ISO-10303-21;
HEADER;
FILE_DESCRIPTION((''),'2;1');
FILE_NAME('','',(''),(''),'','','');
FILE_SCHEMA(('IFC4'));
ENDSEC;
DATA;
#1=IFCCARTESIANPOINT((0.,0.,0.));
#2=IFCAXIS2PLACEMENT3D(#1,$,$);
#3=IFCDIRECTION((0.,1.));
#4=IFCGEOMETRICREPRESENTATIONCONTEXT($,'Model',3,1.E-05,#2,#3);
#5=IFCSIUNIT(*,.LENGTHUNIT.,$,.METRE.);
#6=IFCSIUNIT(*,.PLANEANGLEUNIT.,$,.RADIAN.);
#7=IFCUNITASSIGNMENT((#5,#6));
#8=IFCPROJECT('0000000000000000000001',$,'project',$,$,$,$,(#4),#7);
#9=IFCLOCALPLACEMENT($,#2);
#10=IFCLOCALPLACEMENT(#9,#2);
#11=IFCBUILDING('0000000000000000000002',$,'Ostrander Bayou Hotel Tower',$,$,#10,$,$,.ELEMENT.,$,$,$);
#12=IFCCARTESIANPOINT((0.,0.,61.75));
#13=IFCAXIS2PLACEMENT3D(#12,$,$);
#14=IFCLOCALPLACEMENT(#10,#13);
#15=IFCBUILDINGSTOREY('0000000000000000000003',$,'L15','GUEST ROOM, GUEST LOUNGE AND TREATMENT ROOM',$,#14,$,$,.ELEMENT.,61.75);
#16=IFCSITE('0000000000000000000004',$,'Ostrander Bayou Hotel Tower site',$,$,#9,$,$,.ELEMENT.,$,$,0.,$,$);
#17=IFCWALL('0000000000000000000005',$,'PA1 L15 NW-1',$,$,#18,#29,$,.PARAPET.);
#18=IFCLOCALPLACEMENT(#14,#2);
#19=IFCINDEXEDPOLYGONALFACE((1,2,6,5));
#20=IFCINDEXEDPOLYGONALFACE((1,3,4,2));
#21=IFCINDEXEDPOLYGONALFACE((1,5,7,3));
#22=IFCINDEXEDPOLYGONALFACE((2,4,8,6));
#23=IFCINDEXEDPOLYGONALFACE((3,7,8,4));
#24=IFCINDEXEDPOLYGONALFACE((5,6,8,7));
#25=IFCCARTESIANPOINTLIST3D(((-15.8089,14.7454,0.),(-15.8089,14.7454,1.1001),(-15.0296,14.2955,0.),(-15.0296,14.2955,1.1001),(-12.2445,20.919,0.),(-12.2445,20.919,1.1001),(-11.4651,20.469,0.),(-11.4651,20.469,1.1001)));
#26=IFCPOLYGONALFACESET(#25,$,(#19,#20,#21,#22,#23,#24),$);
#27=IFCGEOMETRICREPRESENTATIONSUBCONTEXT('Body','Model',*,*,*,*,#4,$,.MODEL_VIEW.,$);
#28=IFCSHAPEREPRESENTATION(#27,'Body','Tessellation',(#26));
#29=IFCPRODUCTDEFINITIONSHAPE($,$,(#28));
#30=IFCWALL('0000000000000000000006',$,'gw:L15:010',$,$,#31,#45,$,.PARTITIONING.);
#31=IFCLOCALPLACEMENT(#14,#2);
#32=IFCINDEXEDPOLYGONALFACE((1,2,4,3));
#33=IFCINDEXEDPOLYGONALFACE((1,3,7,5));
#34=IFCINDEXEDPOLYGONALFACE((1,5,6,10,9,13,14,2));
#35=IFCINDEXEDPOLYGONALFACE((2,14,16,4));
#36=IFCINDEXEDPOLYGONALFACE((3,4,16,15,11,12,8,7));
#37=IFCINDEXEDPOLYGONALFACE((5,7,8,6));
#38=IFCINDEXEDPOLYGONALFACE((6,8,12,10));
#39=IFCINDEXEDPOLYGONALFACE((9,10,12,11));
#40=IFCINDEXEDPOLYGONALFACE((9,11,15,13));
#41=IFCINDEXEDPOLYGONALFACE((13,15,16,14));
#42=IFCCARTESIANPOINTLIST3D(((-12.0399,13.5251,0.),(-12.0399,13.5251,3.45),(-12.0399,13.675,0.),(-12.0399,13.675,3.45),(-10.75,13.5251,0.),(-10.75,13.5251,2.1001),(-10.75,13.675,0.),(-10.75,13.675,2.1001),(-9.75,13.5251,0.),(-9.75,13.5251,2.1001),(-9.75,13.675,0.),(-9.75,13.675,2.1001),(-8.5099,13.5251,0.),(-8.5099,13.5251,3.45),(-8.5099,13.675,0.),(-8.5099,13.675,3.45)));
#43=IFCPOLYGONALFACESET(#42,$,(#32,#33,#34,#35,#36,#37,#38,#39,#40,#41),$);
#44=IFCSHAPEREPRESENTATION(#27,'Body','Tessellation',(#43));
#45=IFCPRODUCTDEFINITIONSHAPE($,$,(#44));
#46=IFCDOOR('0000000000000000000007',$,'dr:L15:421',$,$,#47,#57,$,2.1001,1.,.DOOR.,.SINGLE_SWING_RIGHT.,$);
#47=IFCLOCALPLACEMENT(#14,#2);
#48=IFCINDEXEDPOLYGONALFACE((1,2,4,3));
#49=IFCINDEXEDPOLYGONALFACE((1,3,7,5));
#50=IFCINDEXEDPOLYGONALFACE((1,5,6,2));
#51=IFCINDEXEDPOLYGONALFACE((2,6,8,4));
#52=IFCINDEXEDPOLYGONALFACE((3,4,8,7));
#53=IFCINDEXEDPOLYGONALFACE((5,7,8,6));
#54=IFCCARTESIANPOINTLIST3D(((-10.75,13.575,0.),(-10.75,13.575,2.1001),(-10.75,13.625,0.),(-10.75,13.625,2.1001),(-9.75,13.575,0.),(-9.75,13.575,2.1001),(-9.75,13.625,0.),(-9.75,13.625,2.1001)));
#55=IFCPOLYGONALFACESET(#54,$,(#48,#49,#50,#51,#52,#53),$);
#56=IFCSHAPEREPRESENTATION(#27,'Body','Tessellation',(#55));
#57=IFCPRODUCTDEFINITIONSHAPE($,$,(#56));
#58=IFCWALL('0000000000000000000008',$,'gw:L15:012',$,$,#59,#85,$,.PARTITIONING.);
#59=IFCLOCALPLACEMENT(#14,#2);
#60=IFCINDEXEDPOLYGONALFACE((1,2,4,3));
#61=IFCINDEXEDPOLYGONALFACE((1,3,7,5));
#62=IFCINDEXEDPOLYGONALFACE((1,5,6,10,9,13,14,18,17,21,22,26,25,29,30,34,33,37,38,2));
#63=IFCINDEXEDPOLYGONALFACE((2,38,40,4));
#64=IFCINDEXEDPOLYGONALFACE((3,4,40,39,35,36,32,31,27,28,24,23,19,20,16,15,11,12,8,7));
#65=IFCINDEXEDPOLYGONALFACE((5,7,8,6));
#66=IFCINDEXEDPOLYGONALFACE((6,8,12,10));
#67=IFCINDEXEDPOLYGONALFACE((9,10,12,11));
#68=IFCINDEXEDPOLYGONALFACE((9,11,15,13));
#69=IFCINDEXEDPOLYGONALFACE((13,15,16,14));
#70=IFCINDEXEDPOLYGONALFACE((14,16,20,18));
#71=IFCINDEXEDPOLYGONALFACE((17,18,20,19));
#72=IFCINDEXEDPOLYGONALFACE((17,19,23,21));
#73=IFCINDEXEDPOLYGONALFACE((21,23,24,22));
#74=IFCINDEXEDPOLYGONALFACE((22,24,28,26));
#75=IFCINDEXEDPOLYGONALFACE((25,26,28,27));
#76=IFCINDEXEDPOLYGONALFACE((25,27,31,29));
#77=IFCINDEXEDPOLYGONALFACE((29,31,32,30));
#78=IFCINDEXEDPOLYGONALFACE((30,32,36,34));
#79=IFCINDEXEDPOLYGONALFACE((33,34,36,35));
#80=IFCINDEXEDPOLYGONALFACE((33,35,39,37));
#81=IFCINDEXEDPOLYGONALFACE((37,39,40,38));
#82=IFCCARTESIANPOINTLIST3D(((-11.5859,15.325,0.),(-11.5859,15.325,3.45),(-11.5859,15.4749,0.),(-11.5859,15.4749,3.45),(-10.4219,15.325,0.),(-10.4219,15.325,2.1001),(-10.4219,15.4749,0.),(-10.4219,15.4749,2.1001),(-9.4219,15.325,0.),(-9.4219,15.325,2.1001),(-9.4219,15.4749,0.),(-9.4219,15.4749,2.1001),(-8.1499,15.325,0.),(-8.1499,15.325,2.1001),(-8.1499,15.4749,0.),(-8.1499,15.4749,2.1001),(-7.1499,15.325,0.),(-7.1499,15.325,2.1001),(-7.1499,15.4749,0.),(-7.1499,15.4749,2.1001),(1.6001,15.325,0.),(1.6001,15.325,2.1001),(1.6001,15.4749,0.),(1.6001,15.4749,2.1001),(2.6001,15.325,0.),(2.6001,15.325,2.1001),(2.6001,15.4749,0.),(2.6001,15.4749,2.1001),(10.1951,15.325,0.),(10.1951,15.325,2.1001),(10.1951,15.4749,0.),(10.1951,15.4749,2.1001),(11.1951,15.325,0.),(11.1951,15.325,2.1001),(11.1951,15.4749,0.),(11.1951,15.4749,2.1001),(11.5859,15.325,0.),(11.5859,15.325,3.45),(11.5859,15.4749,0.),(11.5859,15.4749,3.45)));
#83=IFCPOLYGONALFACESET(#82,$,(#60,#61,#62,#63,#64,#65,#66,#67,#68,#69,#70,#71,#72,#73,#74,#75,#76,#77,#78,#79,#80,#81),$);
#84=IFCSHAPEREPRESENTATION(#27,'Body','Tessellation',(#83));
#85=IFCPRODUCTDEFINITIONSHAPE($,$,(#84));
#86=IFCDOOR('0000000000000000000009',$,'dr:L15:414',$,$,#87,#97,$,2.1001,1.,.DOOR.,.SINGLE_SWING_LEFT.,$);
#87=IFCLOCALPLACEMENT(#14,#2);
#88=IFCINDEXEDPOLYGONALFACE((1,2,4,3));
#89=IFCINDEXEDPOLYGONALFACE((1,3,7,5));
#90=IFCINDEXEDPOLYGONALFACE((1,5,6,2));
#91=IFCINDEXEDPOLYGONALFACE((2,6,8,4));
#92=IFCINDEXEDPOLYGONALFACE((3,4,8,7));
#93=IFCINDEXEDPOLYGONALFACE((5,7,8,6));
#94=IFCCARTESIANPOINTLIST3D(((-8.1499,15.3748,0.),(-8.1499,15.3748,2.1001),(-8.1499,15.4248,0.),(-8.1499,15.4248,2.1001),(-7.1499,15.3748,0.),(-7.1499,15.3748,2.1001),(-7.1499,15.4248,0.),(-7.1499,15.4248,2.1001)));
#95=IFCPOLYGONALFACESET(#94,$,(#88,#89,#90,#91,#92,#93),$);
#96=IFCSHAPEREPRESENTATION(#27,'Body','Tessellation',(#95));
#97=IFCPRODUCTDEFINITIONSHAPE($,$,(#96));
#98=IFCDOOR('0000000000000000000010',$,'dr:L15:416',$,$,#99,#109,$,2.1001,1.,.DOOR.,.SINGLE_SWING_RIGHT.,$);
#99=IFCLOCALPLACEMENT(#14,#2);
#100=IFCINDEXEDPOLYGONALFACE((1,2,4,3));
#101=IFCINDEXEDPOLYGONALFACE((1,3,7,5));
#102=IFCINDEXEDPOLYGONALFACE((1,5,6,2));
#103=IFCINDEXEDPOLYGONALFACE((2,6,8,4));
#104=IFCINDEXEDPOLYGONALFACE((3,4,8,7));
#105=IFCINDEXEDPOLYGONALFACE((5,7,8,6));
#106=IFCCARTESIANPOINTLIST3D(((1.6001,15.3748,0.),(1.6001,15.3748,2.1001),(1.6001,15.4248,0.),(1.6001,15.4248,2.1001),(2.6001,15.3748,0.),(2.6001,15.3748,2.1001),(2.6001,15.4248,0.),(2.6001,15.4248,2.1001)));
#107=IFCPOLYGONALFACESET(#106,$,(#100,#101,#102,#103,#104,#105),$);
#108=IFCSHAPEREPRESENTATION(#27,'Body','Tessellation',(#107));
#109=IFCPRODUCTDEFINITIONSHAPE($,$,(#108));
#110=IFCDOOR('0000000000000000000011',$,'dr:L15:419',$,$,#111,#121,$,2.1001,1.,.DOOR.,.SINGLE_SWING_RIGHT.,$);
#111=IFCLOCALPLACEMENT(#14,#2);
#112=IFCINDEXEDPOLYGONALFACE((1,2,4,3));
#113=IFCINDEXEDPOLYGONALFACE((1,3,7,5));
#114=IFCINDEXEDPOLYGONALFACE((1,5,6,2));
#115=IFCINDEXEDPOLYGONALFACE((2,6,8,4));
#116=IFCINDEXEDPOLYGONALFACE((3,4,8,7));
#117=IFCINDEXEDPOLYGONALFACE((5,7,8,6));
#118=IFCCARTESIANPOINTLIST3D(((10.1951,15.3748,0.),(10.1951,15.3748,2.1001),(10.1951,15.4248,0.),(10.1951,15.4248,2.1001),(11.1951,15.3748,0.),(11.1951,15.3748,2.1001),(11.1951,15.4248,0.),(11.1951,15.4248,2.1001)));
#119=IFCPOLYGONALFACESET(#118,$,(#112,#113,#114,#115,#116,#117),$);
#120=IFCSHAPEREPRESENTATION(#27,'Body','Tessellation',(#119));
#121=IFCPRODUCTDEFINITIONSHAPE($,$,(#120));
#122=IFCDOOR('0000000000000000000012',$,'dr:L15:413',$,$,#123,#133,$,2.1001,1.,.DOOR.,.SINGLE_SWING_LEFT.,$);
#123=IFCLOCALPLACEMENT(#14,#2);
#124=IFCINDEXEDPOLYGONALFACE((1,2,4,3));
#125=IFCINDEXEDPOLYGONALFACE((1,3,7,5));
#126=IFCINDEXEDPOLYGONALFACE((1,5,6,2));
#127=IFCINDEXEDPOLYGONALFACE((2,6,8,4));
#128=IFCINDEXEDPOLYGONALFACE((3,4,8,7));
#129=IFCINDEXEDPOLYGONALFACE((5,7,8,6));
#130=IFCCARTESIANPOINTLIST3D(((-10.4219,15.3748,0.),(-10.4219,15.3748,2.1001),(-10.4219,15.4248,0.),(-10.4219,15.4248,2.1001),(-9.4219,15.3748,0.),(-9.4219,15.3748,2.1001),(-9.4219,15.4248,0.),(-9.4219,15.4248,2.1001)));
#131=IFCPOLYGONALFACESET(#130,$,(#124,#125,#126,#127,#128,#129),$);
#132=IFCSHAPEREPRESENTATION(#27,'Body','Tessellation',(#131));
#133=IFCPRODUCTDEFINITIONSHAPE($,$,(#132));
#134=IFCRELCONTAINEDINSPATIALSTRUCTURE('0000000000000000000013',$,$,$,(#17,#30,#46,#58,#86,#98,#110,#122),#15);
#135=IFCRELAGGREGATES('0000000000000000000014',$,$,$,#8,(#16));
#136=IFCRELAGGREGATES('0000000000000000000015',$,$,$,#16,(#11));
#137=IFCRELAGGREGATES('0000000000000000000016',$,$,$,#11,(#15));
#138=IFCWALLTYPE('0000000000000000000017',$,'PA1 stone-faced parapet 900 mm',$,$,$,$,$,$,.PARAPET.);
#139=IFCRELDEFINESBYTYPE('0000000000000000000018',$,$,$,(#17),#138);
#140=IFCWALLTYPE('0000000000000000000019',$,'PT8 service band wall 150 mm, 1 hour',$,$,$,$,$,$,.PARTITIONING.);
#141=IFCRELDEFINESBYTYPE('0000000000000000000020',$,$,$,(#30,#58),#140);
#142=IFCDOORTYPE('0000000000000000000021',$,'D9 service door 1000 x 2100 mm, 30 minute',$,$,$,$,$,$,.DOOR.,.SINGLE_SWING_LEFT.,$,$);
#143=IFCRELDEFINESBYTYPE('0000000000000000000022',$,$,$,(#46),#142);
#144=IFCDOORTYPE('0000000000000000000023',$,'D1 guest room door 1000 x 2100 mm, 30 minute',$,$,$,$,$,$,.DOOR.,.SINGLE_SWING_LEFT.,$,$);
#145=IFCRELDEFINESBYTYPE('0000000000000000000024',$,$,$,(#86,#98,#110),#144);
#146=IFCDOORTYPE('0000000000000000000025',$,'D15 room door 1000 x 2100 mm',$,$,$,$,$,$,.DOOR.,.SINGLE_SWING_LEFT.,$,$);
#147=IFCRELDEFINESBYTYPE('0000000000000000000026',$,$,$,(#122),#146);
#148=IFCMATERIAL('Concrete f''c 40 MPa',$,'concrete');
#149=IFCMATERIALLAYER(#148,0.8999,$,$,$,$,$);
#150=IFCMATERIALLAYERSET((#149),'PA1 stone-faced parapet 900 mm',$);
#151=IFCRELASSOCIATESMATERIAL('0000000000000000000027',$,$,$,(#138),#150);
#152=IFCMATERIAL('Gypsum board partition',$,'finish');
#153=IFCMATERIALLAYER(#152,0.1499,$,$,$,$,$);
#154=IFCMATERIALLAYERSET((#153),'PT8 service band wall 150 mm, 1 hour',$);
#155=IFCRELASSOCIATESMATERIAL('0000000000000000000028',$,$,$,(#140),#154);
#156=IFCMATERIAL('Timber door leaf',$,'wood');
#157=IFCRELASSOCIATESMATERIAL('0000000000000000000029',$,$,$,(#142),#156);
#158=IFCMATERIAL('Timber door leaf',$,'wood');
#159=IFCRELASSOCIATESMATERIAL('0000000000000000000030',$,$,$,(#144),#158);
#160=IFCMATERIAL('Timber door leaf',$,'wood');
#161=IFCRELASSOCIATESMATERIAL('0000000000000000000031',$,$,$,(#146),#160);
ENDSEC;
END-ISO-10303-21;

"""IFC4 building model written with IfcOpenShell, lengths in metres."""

from ifc_helpers import new_model, si_unit, direction, frame, frame_2d, origin, place, context, subcontext, project, spatial, rectangle, extrude, material, layer, layer_set, type_object, element, fill, save


model = new_model("IFC4")

# Units and contexts
model_context = context("Model", 3, precision=1e-05, world=origin(), true_north=direction((0.0, 1.0)))
body_context = subcontext(model_context, "Body", "Model", "MODEL_VIEW")
ifc_project = project(units=[si_unit("LENGTHUNIT", "METRE"), si_unit("PLANEANGLEUNIT", "RADIAN")], contexts=[model_context])

# Site, building, storey
site_placement = place(None, origin())
site = spatial("IfcSite", under=ifc_project, at=site_placement, Name="Ostrander Bayou Hotel Tower site", CompositionType="ELEMENT", RefElevation=0.0)
building_placement = place(site_placement, origin())
building = spatial("IfcBuilding", under=site, at=building_placement, Name="Ostrander Bayou Hotel Tower", CompositionType="ELEMENT")
storey_placement = place(building_placement, frame((0.0, 0.0, 61.75)))
storey = spatial("IfcBuildingStorey", under=building, at=storey_placement, Name="L15", Description="GUEST ROOM, GUEST LOUNGE AND TREATMENT ROOM", CompositionType="ELEMENT", Elevation=61.75)

# Wall
ifc_material_1 = material(Name="Concrete f'c 40 MPa", Category="concrete")
ifc_layer_1 = layer(ifc_material_1, 0.8999)
ifc_layer_set_1 = layer_set([ifc_layer_1], Name="PA1 stone-faced parapet 900 mm")
wall_type_1 = type_object("IfcWallType", Name="PA1 stone-faced parapet 900 mm", PredefinedType="PARAPET", material=ifc_layer_set_1)
wall_1_placement = place(storey_placement, frame((-11.8547, 20.6941, 0.0), z_axis=(0.0, 0.0, 1.0), x_axis=(-0.500014, -0.866017, 0.0)))
element("IfcWall", 1, at=wall_1_placement, inside=storey, type_object=wall_type_1, Name="PA1 L15 NW-1", PredefinedType="PARAPET", context=body_context, shape_type="SweptSolid", body=[
    extrude(rectangle(XDim=7.1287, YDim=0.8999, at=frame_2d((3.5645, 0.0))), origin(), (0.0, 0.0, 1.0), 1.1001),
])

# Wall, opening, door
ifc_material_2 = material(Name="Gypsum board partition", Category="finish")
ifc_layer_2 = layer(ifc_material_2, 0.1499)
ifc_layer_set_2 = layer_set([ifc_layer_2], Name="PT8 service band wall 150 mm, 1 hour")
wall_type_2 = type_object("IfcWallType", Name="PT8 service band wall 150 mm, 1 hour", PredefinedType="PARTITIONING", material=ifc_layer_set_2)
wall_2_placement = place(storey_placement, frame((-12.04, 13.6001, 0.0), z_axis=(0.0, 0.0, 1.0), x_axis=(1.0, 0.0, 0.0)))
wall_2 = element("IfcWall", 2, at=wall_2_placement, inside=storey, type_object=wall_type_2, Name="gw:L15:010", PredefinedType="PARTITIONING", context=body_context, shape_type="SweptSolid", body=[
    extrude(rectangle(XDim=3.53, YDim=0.1499, at=frame_2d((1.7651, 0.0))), origin(), (0.0, 0.0, 1.0), 3.45),
])
opening_1_placement = place(wall_2_placement, frame((1.29, 0.0, 0.0)))
opening_1 = element("IfcOpeningElement", 3, at=opening_1_placement, cuts=wall_2, PredefinedType="OPENING", context=body_context, shape_type="SweptSolid", body=[
    extrude(rectangle(XDim=1.0, YDim=2.1001, at=frame_2d((0.5, 1.05))), frame((0.0, 0.075, 0.0), z_axis=(0.0, -1.0, 0.0), x_axis=(1.0, 0.0, 0.0)), (0.0, 0.0, 1.0), 0.1499),
])
ifc_material_3 = material(Name="Timber door leaf", Category="wood")
door_type_1 = type_object("IfcDoorType", Name="D9 service door 1000 x 2100 mm, 30 minute", OperationType="SINGLE_SWING_LEFT", PredefinedType="DOOR", material=ifc_material_3)
door_1_placement = place(opening_1_placement, origin())
door_1 = element("IfcDoor", 4, at=door_1_placement, inside=storey, type_object=door_type_1, Name="dr:L15:421", OperationType="SINGLE_SWING_RIGHT", OverallHeight=2.1001, OverallWidth=1.0, PredefinedType="DOOR", context=body_context, shape_type="SweptSolid", body=[
    extrude(rectangle(XDim=1.0, YDim=2.1001, at=frame_2d((0.5, 1.05))), frame((0.0, 0.0249, 0.0), z_axis=(0.0, -1.0, 0.0), x_axis=(1.0, 0.0, 0.0)), (0.0, 0.0, 1.0), 0.05),
])
fill(opening_1, door_1)

# Wall, openings, doors
wall_3_placement = place(storey_placement, frame((-11.5859, 15.3999, 0.0), z_axis=(0.0, 0.0, 1.0), x_axis=(1.0, 0.0, 0.0)))
wall_3 = element("IfcWall", 5, at=wall_3_placement, inside=storey, type_object=wall_type_2, Name="gw:L15:012", PredefinedType="PARTITIONING", context=body_context, shape_type="SweptSolid", body=[
    extrude(rectangle(XDim=23.1719, YDim=0.1499, at=frame_2d((11.5859, 0.0))), origin(), (0.0, 0.0, 1.0), 3.45),
])
opening_2_placement = place(wall_3_placement, frame((1.1641, 0.0, 0.0)))
opening_2 = element("IfcOpeningElement", 6, at=opening_2_placement, cuts=wall_3, PredefinedType="OPENING", context=body_context, shape_type="SweptSolid", body=[
    extrude(rectangle(XDim=1.0, YDim=2.1001, at=frame_2d((0.5, 1.05))), frame((0.0, 0.075, 0.0), z_axis=(0.0, -1.0, 0.0), x_axis=(1.0, 0.0, 0.0)), (0.0, 0.0, 1.0), 0.1499),
])
opening_3_placement = place(wall_3_placement, frame((3.436, 0.0, 0.0)))
opening_3 = element("IfcOpeningElement", 7, at=opening_3_placement, cuts=wall_3, PredefinedType="OPENING", context=body_context, shape_type="SweptSolid", body=[
    extrude(rectangle(XDim=1.0, YDim=2.1001, at=frame_2d((0.5, 1.05))), frame((0.0, 0.075, 0.0), z_axis=(0.0, -1.0, 0.0), x_axis=(1.0, 0.0, 0.0)), (0.0, 0.0, 1.0), 0.1499),
])
opening_4_placement = place(wall_3_placement, frame((13.186, 0.0, 0.0)))
opening_4 = element("IfcOpeningElement", 8, at=opening_4_placement, cuts=wall_3, PredefinedType="OPENING", context=body_context, shape_type="SweptSolid", body=[
    extrude(rectangle(XDim=1.0, YDim=2.1001, at=frame_2d((0.5, 1.05))), frame((0.0, 0.075, 0.0), z_axis=(0.0, -1.0, 0.0), x_axis=(1.0, 0.0, 0.0)), (0.0, 0.0, 1.0), 0.1499),
])
opening_5_placement = place(wall_3_placement, frame((21.781, 0.0, 0.0)))
opening_5 = element("IfcOpeningElement", 9, at=opening_5_placement, cuts=wall_3, PredefinedType="OPENING", context=body_context, shape_type="SweptSolid", body=[
    extrude(rectangle(XDim=1.0, YDim=2.1001, at=frame_2d((0.5, 1.05))), frame((0.0, 0.075, 0.0), z_axis=(0.0, -1.0, 0.0), x_axis=(1.0, 0.0, 0.0)), (0.0, 0.0, 1.0), 0.1499),
])
ifc_material_4 = material(Name="Timber door leaf", Category="wood")
door_type_2 = type_object("IfcDoorType", Name="D1 guest room door 1000 x 2100 mm, 30 minute", OperationType="SINGLE_SWING_LEFT", PredefinedType="DOOR", material=ifc_material_4)
door_2_placement = place(opening_3_placement, origin())
door_2 = element("IfcDoor", 10, at=door_2_placement, inside=storey, type_object=door_type_2, Name="dr:L15:414", OperationType="SINGLE_SWING_LEFT", OverallHeight=2.1001, OverallWidth=1.0, PredefinedType="DOOR", context=body_context, shape_type="SweptSolid", body=[
    extrude(rectangle(XDim=1.0, YDim=2.1001, at=frame_2d((0.5, 1.05))), frame((0.0, 0.0249, 0.0), z_axis=(0.0, -1.0, 0.0), x_axis=(1.0, 0.0, 0.0)), (0.0, 0.0, 1.0), 0.05),
])
fill(opening_3, door_2)
door_3_placement = place(opening_4_placement, origin())
door_3 = element("IfcDoor", 11, at=door_3_placement, inside=storey, type_object=door_type_2, Name="dr:L15:416", OperationType="SINGLE_SWING_RIGHT", OverallHeight=2.1001, OverallWidth=1.0, PredefinedType="DOOR", context=body_context, shape_type="SweptSolid", body=[
    extrude(rectangle(XDim=1.0, YDim=2.1001, at=frame_2d((0.5, 1.05))), frame((0.0, 0.0249, 0.0), z_axis=(0.0, -1.0, 0.0), x_axis=(1.0, 0.0, 0.0)), (0.0, 0.0, 1.0), 0.05),
])
fill(opening_4, door_3)
door_4_placement = place(opening_5_placement, origin())
door_4 = element("IfcDoor", 12, at=door_4_placement, inside=storey, type_object=door_type_2, Name="dr:L15:419", OperationType="SINGLE_SWING_RIGHT", OverallHeight=2.1001, OverallWidth=1.0, PredefinedType="DOOR", context=body_context, shape_type="SweptSolid", body=[
    extrude(rectangle(XDim=1.0, YDim=2.1001, at=frame_2d((0.5, 1.05))), frame((0.0, 0.0249, 0.0), z_axis=(0.0, -1.0, 0.0), x_axis=(1.0, 0.0, 0.0)), (0.0, 0.0, 1.0), 0.05),
])
fill(opening_5, door_4)
ifc_material_5 = material(Name="Timber door leaf", Category="wood")
door_type_3 = type_object("IfcDoorType", Name="D15 room door 1000 x 2100 mm", OperationType="SINGLE_SWING_LEFT", PredefinedType="DOOR", material=ifc_material_5)
door_5_placement = place(opening_2_placement, origin())
door_5 = element("IfcDoor", 13, at=door_5_placement, inside=storey, type_object=door_type_3, Name="dr:L15:413", OperationType="SINGLE_SWING_LEFT", OverallHeight=2.1001, OverallWidth=1.0, PredefinedType="DOOR", context=body_context, shape_type="SweptSolid", body=[
    extrude(rectangle(XDim=1.0, YDim=2.1001, at=frame_2d((0.5, 1.05))), frame((0.0, 0.0249, 0.0), z_axis=(0.0, -1.0, 0.0), x_axis=(1.0, 0.0, 0.0)), (0.0, 0.0, 1.0), 0.05),
])
fill(opening_2, door_5)

save(model, "model.ifc")
